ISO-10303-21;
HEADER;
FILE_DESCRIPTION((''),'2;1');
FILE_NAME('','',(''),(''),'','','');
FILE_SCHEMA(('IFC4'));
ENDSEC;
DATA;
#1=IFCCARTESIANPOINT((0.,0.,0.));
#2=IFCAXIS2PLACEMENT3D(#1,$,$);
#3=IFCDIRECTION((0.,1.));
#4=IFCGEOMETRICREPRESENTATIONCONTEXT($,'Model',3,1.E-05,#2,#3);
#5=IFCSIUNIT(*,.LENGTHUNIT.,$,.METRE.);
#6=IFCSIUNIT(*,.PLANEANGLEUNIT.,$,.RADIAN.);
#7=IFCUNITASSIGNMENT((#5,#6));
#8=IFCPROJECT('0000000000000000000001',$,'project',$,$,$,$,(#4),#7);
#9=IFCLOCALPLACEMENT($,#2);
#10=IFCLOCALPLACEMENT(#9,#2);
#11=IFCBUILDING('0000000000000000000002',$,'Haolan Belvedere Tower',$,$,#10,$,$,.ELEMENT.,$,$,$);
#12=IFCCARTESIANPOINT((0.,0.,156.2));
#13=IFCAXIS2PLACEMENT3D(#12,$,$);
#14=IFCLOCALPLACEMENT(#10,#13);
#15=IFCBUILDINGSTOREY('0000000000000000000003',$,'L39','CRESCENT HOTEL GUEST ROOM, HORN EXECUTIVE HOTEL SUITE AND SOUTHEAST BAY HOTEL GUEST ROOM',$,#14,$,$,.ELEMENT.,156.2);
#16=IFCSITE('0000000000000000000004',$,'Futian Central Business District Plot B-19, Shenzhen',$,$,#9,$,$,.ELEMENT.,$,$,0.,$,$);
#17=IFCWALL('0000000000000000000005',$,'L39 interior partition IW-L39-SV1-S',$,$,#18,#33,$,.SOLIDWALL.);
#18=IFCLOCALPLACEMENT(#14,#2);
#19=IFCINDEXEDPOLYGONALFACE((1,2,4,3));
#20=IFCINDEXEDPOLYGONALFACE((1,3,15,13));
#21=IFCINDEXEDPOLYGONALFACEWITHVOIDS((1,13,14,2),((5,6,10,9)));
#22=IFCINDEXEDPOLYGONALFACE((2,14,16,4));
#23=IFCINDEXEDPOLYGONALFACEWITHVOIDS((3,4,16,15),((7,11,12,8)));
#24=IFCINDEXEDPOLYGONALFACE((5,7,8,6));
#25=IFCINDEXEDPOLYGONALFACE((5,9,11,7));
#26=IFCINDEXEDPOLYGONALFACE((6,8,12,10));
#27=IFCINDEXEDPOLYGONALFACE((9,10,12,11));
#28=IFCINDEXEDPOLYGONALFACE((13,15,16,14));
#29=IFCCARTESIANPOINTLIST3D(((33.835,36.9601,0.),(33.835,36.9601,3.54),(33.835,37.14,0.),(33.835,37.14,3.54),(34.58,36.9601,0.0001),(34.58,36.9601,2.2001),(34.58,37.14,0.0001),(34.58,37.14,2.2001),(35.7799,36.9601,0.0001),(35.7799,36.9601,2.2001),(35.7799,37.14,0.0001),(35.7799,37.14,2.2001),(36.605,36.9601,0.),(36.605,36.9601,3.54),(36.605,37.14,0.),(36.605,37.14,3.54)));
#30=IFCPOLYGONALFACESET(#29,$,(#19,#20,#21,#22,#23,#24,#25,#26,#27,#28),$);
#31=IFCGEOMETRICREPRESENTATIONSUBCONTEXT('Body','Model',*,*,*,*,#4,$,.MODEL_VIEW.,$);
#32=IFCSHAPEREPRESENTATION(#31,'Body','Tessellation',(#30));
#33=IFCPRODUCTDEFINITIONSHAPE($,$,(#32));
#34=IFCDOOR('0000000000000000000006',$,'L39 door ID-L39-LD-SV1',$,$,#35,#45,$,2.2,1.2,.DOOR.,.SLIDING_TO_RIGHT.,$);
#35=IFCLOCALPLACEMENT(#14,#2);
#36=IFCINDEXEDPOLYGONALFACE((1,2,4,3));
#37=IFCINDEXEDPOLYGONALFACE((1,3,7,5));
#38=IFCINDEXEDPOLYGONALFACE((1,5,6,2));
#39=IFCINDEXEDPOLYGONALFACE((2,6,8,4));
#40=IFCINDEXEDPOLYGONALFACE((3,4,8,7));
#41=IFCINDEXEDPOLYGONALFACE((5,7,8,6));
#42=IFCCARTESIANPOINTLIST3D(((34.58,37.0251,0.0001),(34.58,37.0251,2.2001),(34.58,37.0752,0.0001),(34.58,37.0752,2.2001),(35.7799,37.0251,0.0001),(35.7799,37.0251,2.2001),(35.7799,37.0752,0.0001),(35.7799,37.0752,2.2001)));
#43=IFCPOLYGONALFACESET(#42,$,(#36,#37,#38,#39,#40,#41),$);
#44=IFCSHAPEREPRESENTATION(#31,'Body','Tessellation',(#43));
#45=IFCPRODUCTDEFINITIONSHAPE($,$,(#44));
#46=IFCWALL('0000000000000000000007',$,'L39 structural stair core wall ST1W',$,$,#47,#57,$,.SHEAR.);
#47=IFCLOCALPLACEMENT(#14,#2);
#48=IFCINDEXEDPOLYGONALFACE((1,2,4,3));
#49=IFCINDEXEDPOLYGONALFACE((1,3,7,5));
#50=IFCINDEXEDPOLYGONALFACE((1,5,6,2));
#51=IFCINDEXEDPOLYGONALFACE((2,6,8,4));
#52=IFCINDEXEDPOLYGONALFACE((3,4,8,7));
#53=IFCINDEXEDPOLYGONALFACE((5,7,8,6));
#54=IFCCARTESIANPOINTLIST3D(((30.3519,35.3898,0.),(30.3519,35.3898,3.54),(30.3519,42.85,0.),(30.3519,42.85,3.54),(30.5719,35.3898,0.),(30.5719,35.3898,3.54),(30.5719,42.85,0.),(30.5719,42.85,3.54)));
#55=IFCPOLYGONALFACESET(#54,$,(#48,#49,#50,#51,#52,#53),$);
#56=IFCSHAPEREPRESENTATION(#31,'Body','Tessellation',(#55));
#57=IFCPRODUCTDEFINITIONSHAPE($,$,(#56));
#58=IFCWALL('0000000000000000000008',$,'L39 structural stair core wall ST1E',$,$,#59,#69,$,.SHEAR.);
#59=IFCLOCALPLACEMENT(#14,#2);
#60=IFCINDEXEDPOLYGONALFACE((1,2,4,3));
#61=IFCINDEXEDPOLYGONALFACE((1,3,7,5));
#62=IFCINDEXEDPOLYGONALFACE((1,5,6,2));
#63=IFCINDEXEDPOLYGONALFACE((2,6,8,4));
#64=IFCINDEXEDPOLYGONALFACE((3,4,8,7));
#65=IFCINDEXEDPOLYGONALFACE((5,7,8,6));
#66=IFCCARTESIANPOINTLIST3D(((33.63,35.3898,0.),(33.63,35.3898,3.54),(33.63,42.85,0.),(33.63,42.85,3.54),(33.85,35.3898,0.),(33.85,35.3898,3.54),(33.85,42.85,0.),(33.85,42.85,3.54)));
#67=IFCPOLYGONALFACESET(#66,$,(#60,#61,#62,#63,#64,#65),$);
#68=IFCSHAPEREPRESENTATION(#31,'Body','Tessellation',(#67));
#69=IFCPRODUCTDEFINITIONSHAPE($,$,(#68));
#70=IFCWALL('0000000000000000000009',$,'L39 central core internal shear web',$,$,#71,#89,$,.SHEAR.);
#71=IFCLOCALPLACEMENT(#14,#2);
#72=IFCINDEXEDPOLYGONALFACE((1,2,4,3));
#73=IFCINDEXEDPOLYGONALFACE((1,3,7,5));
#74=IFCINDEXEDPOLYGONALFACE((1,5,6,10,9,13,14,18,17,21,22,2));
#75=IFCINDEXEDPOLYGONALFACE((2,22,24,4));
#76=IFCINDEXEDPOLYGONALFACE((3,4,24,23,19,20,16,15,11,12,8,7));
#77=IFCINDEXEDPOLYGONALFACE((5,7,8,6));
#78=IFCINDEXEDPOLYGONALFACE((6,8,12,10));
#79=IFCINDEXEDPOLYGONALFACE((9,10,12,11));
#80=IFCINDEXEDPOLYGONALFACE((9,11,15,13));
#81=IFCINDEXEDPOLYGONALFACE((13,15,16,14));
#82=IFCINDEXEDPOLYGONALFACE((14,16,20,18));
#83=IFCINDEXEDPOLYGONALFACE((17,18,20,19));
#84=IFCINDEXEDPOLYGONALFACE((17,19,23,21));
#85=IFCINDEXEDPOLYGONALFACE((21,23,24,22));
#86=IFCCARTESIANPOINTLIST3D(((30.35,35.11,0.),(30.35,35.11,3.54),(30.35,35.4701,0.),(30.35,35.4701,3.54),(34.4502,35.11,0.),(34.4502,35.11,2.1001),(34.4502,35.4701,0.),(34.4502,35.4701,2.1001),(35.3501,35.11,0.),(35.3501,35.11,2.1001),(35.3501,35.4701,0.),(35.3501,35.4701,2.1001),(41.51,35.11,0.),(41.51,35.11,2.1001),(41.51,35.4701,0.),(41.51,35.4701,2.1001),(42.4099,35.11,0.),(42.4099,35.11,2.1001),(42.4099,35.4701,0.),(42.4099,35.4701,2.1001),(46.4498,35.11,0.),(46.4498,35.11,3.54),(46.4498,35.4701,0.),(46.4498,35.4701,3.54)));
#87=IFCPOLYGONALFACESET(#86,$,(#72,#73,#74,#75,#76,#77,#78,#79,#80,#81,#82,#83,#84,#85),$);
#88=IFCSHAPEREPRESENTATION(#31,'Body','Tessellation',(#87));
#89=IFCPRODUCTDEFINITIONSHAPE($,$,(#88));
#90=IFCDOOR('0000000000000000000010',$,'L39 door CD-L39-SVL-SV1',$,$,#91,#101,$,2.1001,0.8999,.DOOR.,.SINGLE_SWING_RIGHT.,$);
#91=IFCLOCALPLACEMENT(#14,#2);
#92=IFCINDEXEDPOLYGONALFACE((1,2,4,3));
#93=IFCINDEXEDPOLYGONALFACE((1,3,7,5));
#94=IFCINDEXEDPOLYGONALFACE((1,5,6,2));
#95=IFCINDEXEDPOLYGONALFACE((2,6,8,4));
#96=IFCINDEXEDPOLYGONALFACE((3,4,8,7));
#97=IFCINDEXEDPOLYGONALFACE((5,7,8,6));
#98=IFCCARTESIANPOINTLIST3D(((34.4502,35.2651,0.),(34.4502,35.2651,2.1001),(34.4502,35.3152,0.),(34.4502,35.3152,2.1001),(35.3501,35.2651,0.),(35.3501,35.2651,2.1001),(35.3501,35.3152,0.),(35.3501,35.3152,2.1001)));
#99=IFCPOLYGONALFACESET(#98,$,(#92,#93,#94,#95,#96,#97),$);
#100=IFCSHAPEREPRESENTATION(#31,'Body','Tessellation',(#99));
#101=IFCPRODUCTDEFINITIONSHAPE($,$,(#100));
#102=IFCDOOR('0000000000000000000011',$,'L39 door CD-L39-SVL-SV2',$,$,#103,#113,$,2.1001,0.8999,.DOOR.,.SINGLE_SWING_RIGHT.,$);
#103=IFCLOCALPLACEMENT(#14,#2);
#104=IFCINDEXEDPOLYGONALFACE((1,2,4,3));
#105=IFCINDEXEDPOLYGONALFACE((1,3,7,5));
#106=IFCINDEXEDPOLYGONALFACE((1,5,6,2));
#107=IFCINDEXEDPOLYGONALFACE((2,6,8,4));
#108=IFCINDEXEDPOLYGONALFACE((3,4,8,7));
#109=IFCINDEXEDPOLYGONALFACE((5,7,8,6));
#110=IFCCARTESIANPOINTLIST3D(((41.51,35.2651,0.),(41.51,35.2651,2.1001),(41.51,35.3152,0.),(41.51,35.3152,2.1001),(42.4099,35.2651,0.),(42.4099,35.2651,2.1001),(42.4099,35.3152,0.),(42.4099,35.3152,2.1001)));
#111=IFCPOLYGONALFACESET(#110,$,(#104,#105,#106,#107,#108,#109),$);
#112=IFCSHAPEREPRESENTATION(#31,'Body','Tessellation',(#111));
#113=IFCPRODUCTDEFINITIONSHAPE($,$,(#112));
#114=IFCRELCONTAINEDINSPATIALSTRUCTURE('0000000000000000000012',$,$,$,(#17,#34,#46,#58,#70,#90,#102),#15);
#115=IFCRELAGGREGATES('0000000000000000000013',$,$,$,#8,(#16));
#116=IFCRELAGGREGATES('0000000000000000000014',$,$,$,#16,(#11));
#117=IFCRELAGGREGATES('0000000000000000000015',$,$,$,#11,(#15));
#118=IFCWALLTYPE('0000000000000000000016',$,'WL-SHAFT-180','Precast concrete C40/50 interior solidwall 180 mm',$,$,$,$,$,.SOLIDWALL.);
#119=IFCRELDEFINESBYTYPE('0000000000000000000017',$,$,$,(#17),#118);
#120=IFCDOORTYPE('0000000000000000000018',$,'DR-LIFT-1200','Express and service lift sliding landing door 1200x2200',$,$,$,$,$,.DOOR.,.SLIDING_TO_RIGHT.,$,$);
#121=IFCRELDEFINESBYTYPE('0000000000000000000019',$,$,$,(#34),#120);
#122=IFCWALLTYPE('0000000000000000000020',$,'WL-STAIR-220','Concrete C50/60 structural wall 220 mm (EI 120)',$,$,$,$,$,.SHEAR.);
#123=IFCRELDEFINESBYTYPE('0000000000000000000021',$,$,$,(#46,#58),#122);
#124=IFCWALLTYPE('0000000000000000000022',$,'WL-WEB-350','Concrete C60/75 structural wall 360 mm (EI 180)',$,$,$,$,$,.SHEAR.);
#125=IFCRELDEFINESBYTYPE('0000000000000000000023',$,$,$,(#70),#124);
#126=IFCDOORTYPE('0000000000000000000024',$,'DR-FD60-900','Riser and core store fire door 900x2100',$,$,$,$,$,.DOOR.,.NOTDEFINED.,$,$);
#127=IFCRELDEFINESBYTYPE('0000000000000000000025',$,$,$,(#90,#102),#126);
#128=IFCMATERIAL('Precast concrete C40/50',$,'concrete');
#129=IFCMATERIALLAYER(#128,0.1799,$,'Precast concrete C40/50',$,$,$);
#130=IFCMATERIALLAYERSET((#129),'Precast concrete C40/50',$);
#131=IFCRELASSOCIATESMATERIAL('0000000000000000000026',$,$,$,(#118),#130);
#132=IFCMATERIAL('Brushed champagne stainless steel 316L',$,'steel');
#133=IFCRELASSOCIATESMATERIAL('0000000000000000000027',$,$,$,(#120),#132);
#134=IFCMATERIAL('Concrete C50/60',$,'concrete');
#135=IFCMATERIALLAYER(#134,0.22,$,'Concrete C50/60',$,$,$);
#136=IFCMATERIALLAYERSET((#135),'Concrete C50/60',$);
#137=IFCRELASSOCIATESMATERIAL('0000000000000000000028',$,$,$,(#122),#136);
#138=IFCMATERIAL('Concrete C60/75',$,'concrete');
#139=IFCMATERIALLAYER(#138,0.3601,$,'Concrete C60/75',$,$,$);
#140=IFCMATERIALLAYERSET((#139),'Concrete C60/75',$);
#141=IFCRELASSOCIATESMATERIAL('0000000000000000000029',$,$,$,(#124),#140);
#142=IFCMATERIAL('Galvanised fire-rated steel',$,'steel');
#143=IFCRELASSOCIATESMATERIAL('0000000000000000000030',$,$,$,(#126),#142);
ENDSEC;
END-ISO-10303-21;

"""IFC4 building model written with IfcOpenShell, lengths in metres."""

from ifc_helpers import new_model, si_unit, direction, frame, frame_2d, origin, place, context, subcontext, project, spatial, rectangle, extrude, material, layer, layer_set, type_object, element, fill, save


model = new_model("IFC4")

# Units and contexts
model_context = context("Model", 3, precision=1e-05, world=origin(), true_north=direction((0.0, 1.0)))
body_context = subcontext(model_context, "Body", "Model", "MODEL_VIEW")
ifc_project = project(units=[si_unit("LENGTHUNIT", "METRE"), si_unit("PLANEANGLEUNIT", "RADIAN")], contexts=[model_context])

# Site, building, storey
site_placement = place(None, origin())
site = spatial("IfcSite", under=ifc_project, at=site_placement, Name="Futian Central Business District Plot B-19, Shenzhen", CompositionType="ELEMENT", RefElevation=0.0)
building_placement = place(site_placement, origin())
building = spatial("IfcBuilding", under=site, at=building_placement, Name="Haolan Belvedere Tower", CompositionType="ELEMENT")
storey_placement = place(building_placement, frame((0.0, 0.0, 156.2)))
storey = spatial("IfcBuildingStorey", under=building, at=storey_placement, Name="L39", Description="CRESCENT HOTEL GUEST ROOM, HORN EXECUTIVE HOTEL SUITE AND SOUTHEAST BAY HOTEL GUEST ROOM", CompositionType="ELEMENT", Elevation=156.2)

# Shared definitions
ifc_material_1 = material(Name="Concrete C60/75", Category="concrete")

# Shared definitions
ifc_material_2 = material(Name="Brushed champagne stainless steel 316L", Category="steel")

# Wall, opening, door
ifc_material_3 = material(Name="Precast concrete C40/50", Category="concrete")
ifc_layer_1 = layer(ifc_material_3, 0.1799, Name="Precast concrete C40/50")
ifc_layer_set_1 = layer_set([ifc_layer_1], Name="Precast concrete C40/50")
wall_type_1 = type_object("IfcWallType", Name="WL-SHAFT-180", Description="Precast concrete C40/50 interior solidwall 180 mm", PredefinedType="SOLIDWALL", material=ifc_layer_set_1)
wall_1_placement = place(storey_placement, frame((33.835, 37.05, 0.0), z_axis=(0.0, 0.0, 1.0), x_axis=(1.0, 0.0, 0.0)))
wall_1 = element("IfcWall", 1, at=wall_1_placement, inside=storey, type_object=wall_type_1, Name="L39 interior partition IW-L39-SV1-S", PredefinedType="SOLIDWALL", context=body_context, shape_type="SweptSolid", body=[
    extrude(rectangle(XDim=2.77, YDim=0.1799, at=frame_2d((1.385, 0.0))), origin(), (0.0, 0.0, 1.0), 3.54),
])
opening_1_placement = place(wall_1_placement, frame((1.9451, 0.0, 0.0), z_axis=(0.0, 0.0, 1.0), x_axis=(-1.0, 0.0, 0.0)))
opening_1 = element("IfcOpeningElement", 2, at=opening_1_placement, cuts=wall_1, PredefinedType="OPENING", context=body_context, shape_type="SweptSolid", body=[
    extrude(rectangle(XDim=1.2, YDim=2.2, at=frame_2d((0.6001, 1.1001))), frame((0.0, 0.0999, 0.0), z_axis=(0.0, -1.0, 0.0), x_axis=(1.0, 0.0, 0.0)), (0.0, 0.0, 1.0), 0.2),
])
door_type_1 = type_object("IfcDoorType", Name="DR-LIFT-1200", Description="Express and service lift sliding landing door 1200x2200", OperationType="SLIDING_TO_RIGHT", PredefinedType="DOOR", material=ifc_material_2)
door_1_placement = place(opening_1_placement, origin())
door_1 = element("IfcDoor", 3, at=door_1_placement, inside=storey, type_object=door_type_1, Name="L39 door ID-L39-LD-SV1", OperationType="SLIDING_TO_RIGHT", OverallHeight=2.2, OverallWidth=1.2, PredefinedType="DOOR", context=body_context, shape_type="SweptSolid", body=[
    extrude(rectangle(XDim=1.2, YDim=2.2, at=frame_2d((0.6001, 1.1001))), frame((0.0, 0.0249, 0.0), z_axis=(0.0, -1.0, 0.0), x_axis=(1.0, 0.0, 0.0)), (0.0, 0.0, 1.0), 0.05),
])
fill(opening_1, door_1)

# Walls
ifc_material_4 = material(Name="Concrete C50/60", Category="concrete")
ifc_layer_2 = layer(ifc_material_4, 0.22, Name="Concrete C50/60")
ifc_layer_set_2 = layer_set([ifc_layer_2], Name="Concrete C50/60")
wall_type_2 = type_object("IfcWallType", Name="WL-STAIR-220", Description="Concrete C50/60 structural wall 220 mm (EI 120)", PredefinedType="SHEAR", material=ifc_layer_set_2)
for number, where, z_axis, x_axis, name in (
    (4, (30.4619, 35.3899, 0.0), (0.0, 0.0, 1.0), (0.0, 1.0, 0.0), "L39 structural stair core wall ST1W"),
    (5, (33.74, 35.3899, 0.0), (0.0, 0.0, 1.0), (0.0, 1.0, 0.0), "L39 structural stair core wall ST1E"),
):
    element("IfcWall", number, at=place(storey_placement, frame(where, z_axis=z_axis, x_axis=x_axis)), inside=storey, type_object=wall_type_2, Name=name, PredefinedType="SHEAR", context=body_context, shape_type="SweptSolid", body=[
        extrude(rectangle(XDim=7.4602, YDim=0.22, at=frame_2d((3.73, 0.0))), origin(), (0.0, 0.0, 1.0), 3.54),
    ])

# Wall, openings, doors
ifc_layer_3 = layer(ifc_material_1, 0.3601, Name="Concrete C60/75")
ifc_layer_set_3 = layer_set([ifc_layer_3], Name="Concrete C60/75")
wall_type_3 = type_object("IfcWallType", Name="WL-WEB-350", Description="Concrete C60/75 structural wall 360 mm (EI 180)", PredefinedType="SHEAR", material=ifc_layer_set_3)
wall_2_placement = place(storey_placement, frame((30.3501, 35.29, 0.0), z_axis=(0.0, 0.0, 1.0), x_axis=(1.0, 0.0, 0.0)))
wall_2 = element("IfcWall", 6, at=wall_2_placement, inside=storey, type_object=wall_type_3, Name="L39 central core internal shear web", PredefinedType="SHEAR", context=body_context, shape_type="SweptSolid", body=[
    extrude(rectangle(XDim=16.0999, YDim=0.3601, at=frame_2d((8.0498, 0.0))), origin(), (0.0, 0.0, 1.0), 3.54),
])
opening_2_placement = place(wall_2_placement, frame((5.0, 0.0, 0.0), z_axis=(0.0, 0.0, 1.0), x_axis=(-1.0, 0.0, 0.0)))
opening_2 = element("IfcOpeningElement", 7, at=opening_2_placement, cuts=wall_2, PredefinedType="OPENING", context=body_context, shape_type="SweptSolid", body=[
    extrude(rectangle(XDim=0.8999, YDim=2.1001, at=frame_2d((0.45, 1.05))), frame((0.0, 0.1899, 0.0), z_axis=(0.0, -1.0, 0.0), x_axis=(1.0, 0.0, 0.0)), (0.0, 0.0, 1.0), 0.3801),
])
opening_3_placement = place(wall_2_placement, frame((12.0598, 0.0, 0.0), z_axis=(0.0, 0.0, 1.0), x_axis=(-1.0, 0.0, 0.0)))
opening_3 = element("IfcOpeningElement", 8, at=opening_3_placement, cuts=wall_2, PredefinedType="OPENING", context=body_context, shape_type="SweptSolid", body=[
    extrude(rectangle(XDim=0.8999, YDim=2.1001, at=frame_2d((0.45, 1.05))), frame((0.0, 0.1899, 0.0), z_axis=(0.0, -1.0, 0.0), x_axis=(1.0, 0.0, 0.0)), (0.0, 0.0, 1.0), 0.3801),
])
ifc_material_5 = material(Name="Galvanised fire-rated steel", Category="steel")
door_type_2 = type_object("IfcDoorType", Name="DR-FD60-900", Description="Riser and core store fire door 900x2100", OperationType="NOTDEFINED", PredefinedType="DOOR", material=ifc_material_5)
door_2_placement = place(opening_2_placement, origin())
door_2 = element("IfcDoor", 9, at=door_2_placement, inside=storey, type_object=door_type_2, Name="L39 door CD-L39-SVL-SV1", OperationType="SINGLE_SWING_RIGHT", OverallHeight=2.1001, OverallWidth=0.8999, PredefinedType="DOOR", context=body_context, shape_type="SweptSolid", body=[
    extrude(rectangle(XDim=0.8999, YDim=2.1001, at=frame_2d((0.45, 1.05))), frame((0.0, 0.0249, 0.0), z_axis=(0.0, -1.0, 0.0), x_axis=(1.0, 0.0, 0.0)), (0.0, 0.0, 1.0), 0.05),
])
fill(opening_2, door_2)
door_3_placement = place(opening_3_placement, origin())
door_3 = element("IfcDoor", 10, at=door_3_placement, inside=storey, type_object=door_type_2, Name="L39 door CD-L39-SVL-SV2", OperationType="SINGLE_SWING_RIGHT", OverallHeight=2.1001, OverallWidth=0.8999, PredefinedType="DOOR", context=body_context, shape_type="SweptSolid", body=[
    extrude(rectangle(XDim=0.8999, YDim=2.1001, at=frame_2d((0.45, 1.05))), frame((0.0, 0.0249, 0.0), z_axis=(0.0, -1.0, 0.0), x_axis=(1.0, 0.0, 0.0)), (0.0, 0.0, 1.0), 0.05),
])
fill(opening_3, door_3)

save(model, "model.ifc")
